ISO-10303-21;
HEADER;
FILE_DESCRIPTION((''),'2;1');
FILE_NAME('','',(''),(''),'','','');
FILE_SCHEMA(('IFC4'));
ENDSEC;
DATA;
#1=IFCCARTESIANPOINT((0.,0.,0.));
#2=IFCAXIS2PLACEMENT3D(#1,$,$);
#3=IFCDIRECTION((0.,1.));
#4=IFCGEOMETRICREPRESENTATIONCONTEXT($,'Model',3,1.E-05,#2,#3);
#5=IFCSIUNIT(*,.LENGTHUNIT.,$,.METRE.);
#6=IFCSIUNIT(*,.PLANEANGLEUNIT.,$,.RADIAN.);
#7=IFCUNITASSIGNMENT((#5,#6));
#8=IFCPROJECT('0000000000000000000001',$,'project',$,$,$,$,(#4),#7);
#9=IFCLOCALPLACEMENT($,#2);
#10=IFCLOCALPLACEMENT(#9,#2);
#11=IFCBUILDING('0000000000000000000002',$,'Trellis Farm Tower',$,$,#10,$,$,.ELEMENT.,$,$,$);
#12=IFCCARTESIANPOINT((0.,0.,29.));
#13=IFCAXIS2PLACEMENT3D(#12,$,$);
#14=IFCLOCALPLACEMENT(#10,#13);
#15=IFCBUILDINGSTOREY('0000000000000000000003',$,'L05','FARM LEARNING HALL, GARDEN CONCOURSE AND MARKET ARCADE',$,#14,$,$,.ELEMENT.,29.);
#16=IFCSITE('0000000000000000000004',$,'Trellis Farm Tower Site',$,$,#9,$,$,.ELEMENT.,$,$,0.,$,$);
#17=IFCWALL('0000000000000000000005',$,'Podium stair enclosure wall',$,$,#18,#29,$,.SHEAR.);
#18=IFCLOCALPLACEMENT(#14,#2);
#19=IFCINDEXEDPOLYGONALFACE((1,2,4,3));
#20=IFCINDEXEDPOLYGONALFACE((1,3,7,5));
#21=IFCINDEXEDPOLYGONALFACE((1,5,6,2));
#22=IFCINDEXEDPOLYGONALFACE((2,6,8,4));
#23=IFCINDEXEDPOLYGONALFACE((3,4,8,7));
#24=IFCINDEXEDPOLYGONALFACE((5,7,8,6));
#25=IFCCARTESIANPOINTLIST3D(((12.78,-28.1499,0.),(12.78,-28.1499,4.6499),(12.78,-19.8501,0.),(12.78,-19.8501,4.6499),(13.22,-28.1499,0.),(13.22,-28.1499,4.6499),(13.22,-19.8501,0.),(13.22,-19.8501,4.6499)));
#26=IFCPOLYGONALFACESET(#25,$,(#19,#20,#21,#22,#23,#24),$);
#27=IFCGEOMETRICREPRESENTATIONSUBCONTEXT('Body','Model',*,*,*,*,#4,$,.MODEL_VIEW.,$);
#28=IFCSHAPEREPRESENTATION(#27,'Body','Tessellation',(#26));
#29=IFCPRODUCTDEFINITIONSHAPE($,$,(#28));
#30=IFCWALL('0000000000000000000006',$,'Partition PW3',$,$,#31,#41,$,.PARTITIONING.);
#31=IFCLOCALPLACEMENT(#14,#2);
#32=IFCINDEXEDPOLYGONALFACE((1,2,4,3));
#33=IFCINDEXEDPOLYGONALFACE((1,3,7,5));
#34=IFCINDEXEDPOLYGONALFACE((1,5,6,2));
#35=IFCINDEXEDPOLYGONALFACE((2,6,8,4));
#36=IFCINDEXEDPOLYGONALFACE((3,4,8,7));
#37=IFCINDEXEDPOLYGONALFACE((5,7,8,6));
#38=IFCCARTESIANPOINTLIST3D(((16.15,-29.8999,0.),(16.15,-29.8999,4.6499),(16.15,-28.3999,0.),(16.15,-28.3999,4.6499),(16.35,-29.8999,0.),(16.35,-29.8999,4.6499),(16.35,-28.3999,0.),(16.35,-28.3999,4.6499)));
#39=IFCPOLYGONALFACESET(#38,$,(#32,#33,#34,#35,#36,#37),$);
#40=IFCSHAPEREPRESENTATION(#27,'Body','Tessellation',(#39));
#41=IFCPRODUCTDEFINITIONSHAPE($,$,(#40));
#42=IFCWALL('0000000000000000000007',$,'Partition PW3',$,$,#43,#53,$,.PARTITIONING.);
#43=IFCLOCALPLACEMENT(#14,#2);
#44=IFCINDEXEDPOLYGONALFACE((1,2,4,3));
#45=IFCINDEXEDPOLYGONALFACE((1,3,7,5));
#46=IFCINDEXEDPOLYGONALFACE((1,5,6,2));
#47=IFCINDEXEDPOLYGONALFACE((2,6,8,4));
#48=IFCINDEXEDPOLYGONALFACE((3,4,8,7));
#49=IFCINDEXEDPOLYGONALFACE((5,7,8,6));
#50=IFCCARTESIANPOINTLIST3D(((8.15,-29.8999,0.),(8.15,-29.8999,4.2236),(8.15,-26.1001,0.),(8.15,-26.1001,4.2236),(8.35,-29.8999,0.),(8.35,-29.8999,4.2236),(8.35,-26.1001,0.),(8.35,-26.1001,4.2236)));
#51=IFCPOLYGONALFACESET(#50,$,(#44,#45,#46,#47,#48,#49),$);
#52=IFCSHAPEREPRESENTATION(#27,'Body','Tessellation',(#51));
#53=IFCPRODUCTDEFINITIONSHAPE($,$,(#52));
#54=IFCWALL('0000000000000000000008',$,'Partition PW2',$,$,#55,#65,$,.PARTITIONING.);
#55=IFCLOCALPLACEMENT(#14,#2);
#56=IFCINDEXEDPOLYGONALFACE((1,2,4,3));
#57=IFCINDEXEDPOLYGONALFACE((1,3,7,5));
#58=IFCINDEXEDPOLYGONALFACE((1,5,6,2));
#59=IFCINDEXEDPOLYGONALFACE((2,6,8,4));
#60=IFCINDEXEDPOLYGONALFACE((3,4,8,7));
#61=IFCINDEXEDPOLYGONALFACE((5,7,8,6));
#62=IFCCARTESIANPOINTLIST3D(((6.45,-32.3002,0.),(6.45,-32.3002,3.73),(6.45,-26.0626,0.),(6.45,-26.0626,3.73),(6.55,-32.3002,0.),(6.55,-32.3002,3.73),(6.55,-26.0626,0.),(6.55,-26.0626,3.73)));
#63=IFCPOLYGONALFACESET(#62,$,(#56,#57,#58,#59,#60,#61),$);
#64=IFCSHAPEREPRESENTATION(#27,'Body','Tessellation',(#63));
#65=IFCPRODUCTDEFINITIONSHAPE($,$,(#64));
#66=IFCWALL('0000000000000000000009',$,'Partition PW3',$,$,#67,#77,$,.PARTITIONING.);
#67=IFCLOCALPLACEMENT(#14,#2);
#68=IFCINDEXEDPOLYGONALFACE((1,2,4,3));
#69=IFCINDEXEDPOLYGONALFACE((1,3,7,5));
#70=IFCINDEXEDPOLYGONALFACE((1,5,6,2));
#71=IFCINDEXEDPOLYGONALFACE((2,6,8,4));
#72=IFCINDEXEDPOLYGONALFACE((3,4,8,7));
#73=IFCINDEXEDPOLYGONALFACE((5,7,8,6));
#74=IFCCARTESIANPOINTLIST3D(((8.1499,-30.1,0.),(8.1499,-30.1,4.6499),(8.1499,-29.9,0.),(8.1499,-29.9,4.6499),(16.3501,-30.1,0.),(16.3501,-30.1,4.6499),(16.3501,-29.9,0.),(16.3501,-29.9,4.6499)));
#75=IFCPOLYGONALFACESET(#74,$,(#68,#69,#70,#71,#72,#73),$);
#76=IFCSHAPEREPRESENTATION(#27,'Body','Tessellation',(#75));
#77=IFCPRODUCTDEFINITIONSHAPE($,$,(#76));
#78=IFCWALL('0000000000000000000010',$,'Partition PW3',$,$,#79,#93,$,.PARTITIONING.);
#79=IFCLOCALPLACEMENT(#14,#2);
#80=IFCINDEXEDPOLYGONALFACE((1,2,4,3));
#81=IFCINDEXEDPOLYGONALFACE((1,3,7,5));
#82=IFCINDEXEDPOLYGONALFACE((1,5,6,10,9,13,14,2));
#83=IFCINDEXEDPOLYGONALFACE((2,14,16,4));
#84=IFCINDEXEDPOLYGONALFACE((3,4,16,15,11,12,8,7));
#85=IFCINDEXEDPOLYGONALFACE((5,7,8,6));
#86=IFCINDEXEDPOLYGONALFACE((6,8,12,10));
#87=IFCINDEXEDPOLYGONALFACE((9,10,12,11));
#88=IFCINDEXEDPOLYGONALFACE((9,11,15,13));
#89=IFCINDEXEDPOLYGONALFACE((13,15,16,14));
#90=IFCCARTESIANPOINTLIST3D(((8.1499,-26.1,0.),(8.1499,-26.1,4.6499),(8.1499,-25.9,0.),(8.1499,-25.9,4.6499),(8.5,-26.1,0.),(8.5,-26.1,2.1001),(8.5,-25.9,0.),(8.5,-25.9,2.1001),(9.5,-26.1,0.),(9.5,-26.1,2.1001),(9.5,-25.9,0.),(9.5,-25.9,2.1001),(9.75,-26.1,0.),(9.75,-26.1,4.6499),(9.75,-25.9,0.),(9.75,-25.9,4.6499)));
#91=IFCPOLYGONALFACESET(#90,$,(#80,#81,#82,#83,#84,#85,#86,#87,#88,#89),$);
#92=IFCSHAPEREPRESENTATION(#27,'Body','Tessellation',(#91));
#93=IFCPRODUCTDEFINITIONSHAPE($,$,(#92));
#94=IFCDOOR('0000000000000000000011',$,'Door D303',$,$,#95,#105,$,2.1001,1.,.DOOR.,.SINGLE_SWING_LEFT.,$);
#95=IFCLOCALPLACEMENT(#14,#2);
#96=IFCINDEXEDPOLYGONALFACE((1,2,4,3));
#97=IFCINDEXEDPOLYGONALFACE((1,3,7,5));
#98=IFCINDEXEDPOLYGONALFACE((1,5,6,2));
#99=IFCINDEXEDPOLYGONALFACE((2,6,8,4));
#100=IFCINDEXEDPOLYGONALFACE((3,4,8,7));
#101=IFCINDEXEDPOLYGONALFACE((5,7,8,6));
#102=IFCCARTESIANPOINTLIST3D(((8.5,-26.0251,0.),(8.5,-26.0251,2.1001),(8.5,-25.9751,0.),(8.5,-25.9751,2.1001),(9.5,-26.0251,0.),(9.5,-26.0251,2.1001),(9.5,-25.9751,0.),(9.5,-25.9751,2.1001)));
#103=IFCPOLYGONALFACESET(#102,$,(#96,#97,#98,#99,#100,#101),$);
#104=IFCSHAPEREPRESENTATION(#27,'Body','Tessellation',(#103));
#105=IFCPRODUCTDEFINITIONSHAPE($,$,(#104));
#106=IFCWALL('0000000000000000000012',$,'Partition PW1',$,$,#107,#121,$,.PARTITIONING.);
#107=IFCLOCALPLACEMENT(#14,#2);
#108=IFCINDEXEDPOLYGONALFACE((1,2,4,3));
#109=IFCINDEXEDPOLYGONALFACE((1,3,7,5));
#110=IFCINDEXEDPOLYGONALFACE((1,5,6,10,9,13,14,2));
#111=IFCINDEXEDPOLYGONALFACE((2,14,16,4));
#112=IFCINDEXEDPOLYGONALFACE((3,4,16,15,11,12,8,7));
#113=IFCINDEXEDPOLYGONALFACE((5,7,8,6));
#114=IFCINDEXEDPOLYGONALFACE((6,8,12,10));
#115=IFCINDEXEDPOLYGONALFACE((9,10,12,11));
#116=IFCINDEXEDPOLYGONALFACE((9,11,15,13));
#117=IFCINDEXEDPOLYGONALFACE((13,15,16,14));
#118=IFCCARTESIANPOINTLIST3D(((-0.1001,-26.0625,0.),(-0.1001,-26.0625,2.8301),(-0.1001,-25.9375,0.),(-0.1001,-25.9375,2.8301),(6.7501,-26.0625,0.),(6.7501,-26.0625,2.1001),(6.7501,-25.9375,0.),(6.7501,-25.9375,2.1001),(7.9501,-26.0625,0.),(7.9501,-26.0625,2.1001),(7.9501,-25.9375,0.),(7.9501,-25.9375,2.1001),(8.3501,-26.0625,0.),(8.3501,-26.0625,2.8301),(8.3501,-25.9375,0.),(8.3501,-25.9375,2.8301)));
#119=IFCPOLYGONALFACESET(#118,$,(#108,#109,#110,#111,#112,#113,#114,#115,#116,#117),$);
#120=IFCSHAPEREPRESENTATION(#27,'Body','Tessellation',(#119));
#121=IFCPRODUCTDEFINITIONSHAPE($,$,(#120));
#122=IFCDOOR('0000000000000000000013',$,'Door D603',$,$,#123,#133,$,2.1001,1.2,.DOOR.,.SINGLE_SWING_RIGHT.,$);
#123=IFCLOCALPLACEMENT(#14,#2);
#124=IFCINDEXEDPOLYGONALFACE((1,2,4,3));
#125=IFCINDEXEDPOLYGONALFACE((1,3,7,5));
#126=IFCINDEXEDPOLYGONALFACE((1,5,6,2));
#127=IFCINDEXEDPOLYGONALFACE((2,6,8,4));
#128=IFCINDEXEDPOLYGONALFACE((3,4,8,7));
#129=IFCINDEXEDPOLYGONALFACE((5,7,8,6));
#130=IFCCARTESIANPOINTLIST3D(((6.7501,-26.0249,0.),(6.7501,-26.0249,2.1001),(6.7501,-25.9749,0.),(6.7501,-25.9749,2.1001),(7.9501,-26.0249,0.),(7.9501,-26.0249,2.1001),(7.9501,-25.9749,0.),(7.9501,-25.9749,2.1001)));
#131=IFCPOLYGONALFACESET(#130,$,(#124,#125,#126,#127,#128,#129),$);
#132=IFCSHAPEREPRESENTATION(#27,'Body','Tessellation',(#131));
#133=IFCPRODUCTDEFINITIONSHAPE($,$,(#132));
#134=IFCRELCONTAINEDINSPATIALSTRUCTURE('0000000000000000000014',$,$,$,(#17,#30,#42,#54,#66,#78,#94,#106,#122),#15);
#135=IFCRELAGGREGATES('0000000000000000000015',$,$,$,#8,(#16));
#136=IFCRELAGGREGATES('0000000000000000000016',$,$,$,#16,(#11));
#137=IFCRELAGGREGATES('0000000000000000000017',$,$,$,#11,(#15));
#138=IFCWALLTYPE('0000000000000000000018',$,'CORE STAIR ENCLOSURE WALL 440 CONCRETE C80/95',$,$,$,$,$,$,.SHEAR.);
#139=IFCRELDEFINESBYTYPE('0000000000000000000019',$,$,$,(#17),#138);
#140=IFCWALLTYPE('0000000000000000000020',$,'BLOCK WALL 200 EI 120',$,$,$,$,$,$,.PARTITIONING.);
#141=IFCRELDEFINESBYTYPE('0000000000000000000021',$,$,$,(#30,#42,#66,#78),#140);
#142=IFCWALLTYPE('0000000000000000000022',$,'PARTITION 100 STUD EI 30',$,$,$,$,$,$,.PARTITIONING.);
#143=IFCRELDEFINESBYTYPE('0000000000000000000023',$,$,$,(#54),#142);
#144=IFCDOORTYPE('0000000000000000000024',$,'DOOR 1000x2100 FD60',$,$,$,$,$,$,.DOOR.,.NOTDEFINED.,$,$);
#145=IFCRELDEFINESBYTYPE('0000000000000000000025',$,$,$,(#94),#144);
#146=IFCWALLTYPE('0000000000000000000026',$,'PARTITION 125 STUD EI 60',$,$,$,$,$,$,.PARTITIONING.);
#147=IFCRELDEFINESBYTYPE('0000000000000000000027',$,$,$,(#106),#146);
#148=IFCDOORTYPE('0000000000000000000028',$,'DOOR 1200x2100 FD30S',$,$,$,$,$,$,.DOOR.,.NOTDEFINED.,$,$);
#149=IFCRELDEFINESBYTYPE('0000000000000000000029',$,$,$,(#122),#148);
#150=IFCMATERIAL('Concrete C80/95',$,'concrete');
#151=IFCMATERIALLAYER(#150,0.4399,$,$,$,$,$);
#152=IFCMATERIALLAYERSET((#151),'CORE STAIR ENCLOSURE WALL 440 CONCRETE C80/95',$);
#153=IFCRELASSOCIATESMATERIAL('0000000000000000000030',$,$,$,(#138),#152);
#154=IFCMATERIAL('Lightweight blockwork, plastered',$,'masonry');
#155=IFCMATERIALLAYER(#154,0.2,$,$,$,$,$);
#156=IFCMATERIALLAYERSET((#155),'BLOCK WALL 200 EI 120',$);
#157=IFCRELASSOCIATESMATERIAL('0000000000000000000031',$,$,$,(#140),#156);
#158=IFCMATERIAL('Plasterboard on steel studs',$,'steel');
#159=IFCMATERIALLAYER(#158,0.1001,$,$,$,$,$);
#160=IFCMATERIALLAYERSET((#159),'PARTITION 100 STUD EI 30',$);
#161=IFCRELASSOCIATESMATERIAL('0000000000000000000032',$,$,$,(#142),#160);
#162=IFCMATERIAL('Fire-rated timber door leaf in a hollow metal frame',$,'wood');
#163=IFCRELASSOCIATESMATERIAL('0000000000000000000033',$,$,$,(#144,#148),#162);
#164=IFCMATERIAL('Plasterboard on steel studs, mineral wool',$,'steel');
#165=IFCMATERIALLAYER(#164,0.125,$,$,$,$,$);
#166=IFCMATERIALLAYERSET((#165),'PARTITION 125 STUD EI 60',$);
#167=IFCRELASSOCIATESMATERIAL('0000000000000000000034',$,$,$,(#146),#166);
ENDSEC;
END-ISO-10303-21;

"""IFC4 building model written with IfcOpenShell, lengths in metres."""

from ifc_helpers import new_model, si_unit, direction, frame, frame_2d, origin, place, context, subcontext, project, spatial, rectangle, extrude, source, transform, mapped, material, layer, layer_set, type_object, element, fill, save


model = new_model("IFC4")

# Units and contexts
model_context = context("Model", 3, precision=1e-05, world=origin(), true_north=direction((0.0, 1.0)))
body_context = subcontext(model_context, "Body", "Model", "MODEL_VIEW")
ifc_project = project(units=[si_unit("LENGTHUNIT", "METRE"), si_unit("PLANEANGLEUNIT", "RADIAN")], contexts=[model_context])

# Site, building, storey
site_placement = place(None, origin())
site = spatial("IfcSite", under=ifc_project, at=site_placement, Name="Trellis Farm Tower Site", CompositionType="ELEMENT", RefElevation=0.0)
building_placement = place(site_placement, origin())
building = spatial("IfcBuilding", under=site, at=building_placement, Name="Trellis Farm Tower", CompositionType="ELEMENT")
storey_placement = place(building_placement, frame((0.0, 0.0, 29.0)))
storey = spatial("IfcBuildingStorey", under=building, at=storey_placement, Name="L05", Description="FARM LEARNING HALL, GARDEN CONCOURSE AND MARKET ARCADE", CompositionType="ELEMENT", Elevation=29.0)

# Shared definitions
ifc_material_1 = material(Name="Concrete C80/95", Category="concrete")

# Walls
ifc_layer_1 = layer(ifc_material_1, 0.4399)
ifc_layer_set_1 = layer_set([ifc_layer_1], Name="CORE STAIR ENCLOSURE WALL 440 CONCRETE C80/95")
wall_type_1 = type_object("IfcWallType", Name="CORE STAIR ENCLOSURE WALL 440 CONCRETE C80/95", PredefinedType="SHEAR", material=ifc_layer_set_1)
shared_shape_1 = source(origin(), body_context, "Body", "SweptSolid", [
    extrude(rectangle(XDim=8.2998, YDim=0.4399, at=frame_2d((4.1499, 0.0))), origin(), (0.0, 0.0, 1.0), 4.6499),
])
wall_1_placement = place(storey_placement, frame((13.0, -28.1499, 0.0), z_axis=(0.0, 0.0, 1.0), x_axis=(0.0, 1.0, 0.0)))
element("IfcWall", 1, at=wall_1_placement, inside=storey, type_object=wall_type_1, Name="Podium stair enclosure wall", PredefinedType="SHEAR", context=body_context, shape_type="MappedRepresentation", body=[
    mapped(shared_shape_1, transform((0.0, 0.0, 0.0))),
])
ifc_material_2 = material(Name="Lightweight blockwork, plastered", Category="masonry")
ifc_layer_2 = layer(ifc_material_2, 0.2)
ifc_layer_set_2 = layer_set([ifc_layer_2], Name="BLOCK WALL 200 EI 120")
wall_type_2 = type_object("IfcWallType", Name="BLOCK WALL 200 EI 120", PredefinedType="PARTITIONING", material=ifc_layer_set_2)
shared_shape_2 = source(origin(), body_context, "Body", "SweptSolid", [
    extrude(rectangle(XDim=1.5, YDim=0.2, at=frame_2d((0.75, 0.0))), origin(), (0.0, 0.0, 1.0), 4.6499),
])
wall_2_placement = place(storey_placement, frame((16.25, -28.3999, 0.0), z_axis=(0.0, 0.0, 1.0), x_axis=(0.0, -1.0, 0.0)))
element("IfcWall", 2, at=wall_2_placement, inside=storey, type_object=wall_type_2, Name="Partition PW3", PredefinedType="PARTITIONING", context=body_context, shape_type="MappedRepresentation", body=[
    mapped(shared_shape_2, transform((0.0, 0.0, 0.0))),
])
shared_shape_3 = source(origin(), body_context, "Body", "SweptSolid", [
    extrude(rectangle(XDim=3.7998, YDim=0.2, at=frame_2d((1.8999, 0.0))), origin(), (0.0, 0.0, 1.0), 4.2236),
])
wall_3_placement = place(storey_placement, frame((8.25, -26.1001, 0.0), z_axis=(0.0, 0.0, 1.0), x_axis=(0.0, -1.0, 0.0)))
element("IfcWall", 3, at=wall_3_placement, inside=storey, type_object=wall_type_2, Name="Partition PW3", PredefinedType="PARTITIONING", context=body_context, shape_type="MappedRepresentation", body=[
    mapped(shared_shape_3, transform((0.0, 0.0, 0.0))),
])
ifc_material_3 = material(Name="Plasterboard on steel studs", Category="steel")
ifc_layer_3 = layer(ifc_material_3, 0.1001)
ifc_layer_set_3 = layer_set([ifc_layer_3], Name="PARTITION 100 STUD EI 30")
wall_type_3 = type_object("IfcWallType", Name="PARTITION 100 STUD EI 30", PredefinedType="PARTITIONING", material=ifc_layer_set_3)
shared_shape_4 = source(origin(), body_context, "Body", "SweptSolid", [
    extrude(rectangle(XDim=6.2375, YDim=0.1001, at=frame_2d((3.1187, 0.0))), origin(), (0.0, 0.0, 1.0), 3.73),
])
wall_4_placement = place(storey_placement, frame((6.5, -32.3, 0.0), z_axis=(0.0, 0.0, 1.0), x_axis=(0.0, 1.0, 0.0)))
element("IfcWall", 4, at=wall_4_placement, inside=storey, type_object=wall_type_3, Name="Partition PW2", PredefinedType="PARTITIONING", context=body_context, shape_type="MappedRepresentation", body=[
    mapped(shared_shape_4, transform((0.0, 0.0, 0.0))),
])
shared_shape_5 = source(origin(), body_context, "Body", "SweptSolid", [
    extrude(rectangle(XDim=8.2002, YDim=0.2, at=frame_2d((4.1001, 0.0))), origin(), (0.0, 0.0, 1.0), 4.6499),
])
wall_5_placement = place(storey_placement, frame((8.1499, -30.0, 0.0), z_axis=(0.0, 0.0, 1.0), x_axis=(1.0, 0.0, 0.0)))
element("IfcWall", 5, at=wall_5_placement, inside=storey, type_object=wall_type_2, Name="Partition PW3", PredefinedType="PARTITIONING", context=body_context, shape_type="MappedRepresentation", body=[
    mapped(shared_shape_5, transform((0.0, 0.0, 0.0))),
])

# Walls, openings, doors
shared_shape_6 = source(origin(), body_context, "Body", "SweptSolid", [
    extrude(rectangle(XDim=1.6001, YDim=0.2, at=frame_2d((0.8, 0.0))), origin(), (0.0, 0.0, 1.0), 4.6499),
])
wall_6_placement = place(storey_placement, frame((8.1499, -26.0, 0.0), z_axis=(0.0, 0.0, 1.0), x_axis=(1.0, 0.0, 0.0)))
wall_6 = element("IfcWall", 6, at=wall_6_placement, inside=storey, type_object=wall_type_2, Name="Partition PW3", PredefinedType="PARTITIONING", context=body_context, shape_type="MappedRepresentation", body=[
    mapped(shared_shape_6, transform((0.0, 0.0, 0.0))),
])
shared_shape_7 = source(origin(), body_context, "Body", "SweptSolid", [
    extrude(rectangle(XDim=1.0, YDim=2.1001, at=frame_2d((0.5, 1.05))), frame((0.0, 0.1101, 0.0), z_axis=(0.0, -1.0, 0.0), x_axis=(1.0, 0.0, 0.0)), (0.0, 0.0, 1.0), 0.2202),
])
opening_1_placement = place(wall_6_placement, frame((0.3501, 0.0, 0.0)))
opening_1 = element("IfcOpeningElement", 7, at=opening_1_placement, cuts=wall_6, PredefinedType="OPENING", context=body_context, shape_type="MappedRepresentation", body=[
    mapped(shared_shape_7, transform((0.0, 0.0, 0.0))),
])
ifc_material_4 = material(Name="Fire-rated timber door leaf in a hollow metal frame", Category="wood")
door_type_1 = type_object("IfcDoorType", Name="DOOR 1000x2100 FD60", OperationType="NOTDEFINED", PredefinedType="DOOR", material=ifc_material_4)
shared_shape_8 = source(origin(), body_context, "Body", "SweptSolid", [
    extrude(rectangle(XDim=1.0, YDim=2.1001, at=frame_2d((0.5, 1.05))), frame((0.0, 0.0249, 0.0), z_axis=(0.0, -1.0, 0.0), x_axis=(1.0, 0.0, 0.0)), (0.0, 0.0, 1.0), 0.05),
])
door_1_placement = place(opening_1_placement, origin())
door_1 = element("IfcDoor", 8, at=door_1_placement, inside=storey, type_object=door_type_1, Name="Door D303", OperationType="SINGLE_SWING_LEFT", OverallHeight=2.1001, OverallWidth=1.0, PredefinedType="DOOR", context=body_context, shape_type="MappedRepresentation", body=[
    mapped(shared_shape_8, transform((0.0, 0.0, 0.0))),
])
fill(opening_1, door_1)
ifc_material_5 = material(Name="Plasterboard on steel studs, mineral wool", Category="steel")
ifc_layer_4 = layer(ifc_material_5, 0.125)
ifc_layer_set_4 = layer_set([ifc_layer_4], Name="PARTITION 125 STUD EI 60")
wall_type_4 = type_object("IfcWallType", Name="PARTITION 125 STUD EI 60", PredefinedType="PARTITIONING", material=ifc_layer_set_4)
shared_shape_9 = source(origin(), body_context, "Body", "SweptSolid", [
    extrude(rectangle(XDim=8.4502, YDim=0.125, at=frame_2d((4.2251, 0.0))), origin(), (0.0, 0.0, 1.0), 2.8301),
])
wall_7_placement = place(storey_placement, frame((8.3501, -26.0, 0.0), z_axis=(0.0, 0.0, 1.0), x_axis=(-1.0, 0.0, 0.0)))
wall_7 = element("IfcWall", 9, at=wall_7_placement, inside=storey, type_object=wall_type_4, Name="Partition PW1", PredefinedType="PARTITIONING", context=body_context, shape_type="MappedRepresentation", body=[
    mapped(shared_shape_9, transform((0.0, 0.0, 0.0))),
])
shared_shape_10 = source(origin(), body_context, "Body", "SweptSolid", [
    extrude(rectangle(XDim=1.2, YDim=2.1001, at=frame_2d((0.6001, 1.05))), frame((0.0, 0.0725, 0.0), z_axis=(0.0, -1.0, 0.0), x_axis=(1.0, 0.0, 0.0)), (0.0, 0.0, 1.0), 0.145),
])
opening_2_placement = place(wall_7_placement, frame((0.3999, 0.0, 0.0)))
opening_2 = element("IfcOpeningElement", 10, at=opening_2_placement, cuts=wall_7, PredefinedType="OPENING", context=body_context, shape_type="MappedRepresentation", body=[
    mapped(shared_shape_10, transform((0.0, 0.0, 0.0))),
])
door_type_2 = type_object("IfcDoorType", Name="DOOR 1200x2100 FD30S", OperationType="NOTDEFINED", PredefinedType="DOOR", material=ifc_material_4)
shared_shape_11 = source(origin(), body_context, "Body", "SweptSolid", [
    extrude(rectangle(XDim=1.2, YDim=2.1001, at=frame_2d((0.6001, 1.05))), frame((0.0, 0.0249, 0.0), z_axis=(0.0, -1.0, 0.0), x_axis=(1.0, 0.0, 0.0)), (0.0, 0.0, 1.0), 0.05),
])
door_2_placement = place(opening_2_placement, origin())
door_2 = element("IfcDoor", 11, at=door_2_placement, inside=storey, type_object=door_type_2, Name="Door D603", OperationType="SINGLE_SWING_RIGHT", OverallHeight=2.1001, OverallWidth=1.2, PredefinedType="DOOR", context=body_context, shape_type="MappedRepresentation", body=[
    mapped(shared_shape_11, transform((0.0, 0.0, 0.0))),
])
fill(opening_2, door_2)

save(model, "model.ifc")
